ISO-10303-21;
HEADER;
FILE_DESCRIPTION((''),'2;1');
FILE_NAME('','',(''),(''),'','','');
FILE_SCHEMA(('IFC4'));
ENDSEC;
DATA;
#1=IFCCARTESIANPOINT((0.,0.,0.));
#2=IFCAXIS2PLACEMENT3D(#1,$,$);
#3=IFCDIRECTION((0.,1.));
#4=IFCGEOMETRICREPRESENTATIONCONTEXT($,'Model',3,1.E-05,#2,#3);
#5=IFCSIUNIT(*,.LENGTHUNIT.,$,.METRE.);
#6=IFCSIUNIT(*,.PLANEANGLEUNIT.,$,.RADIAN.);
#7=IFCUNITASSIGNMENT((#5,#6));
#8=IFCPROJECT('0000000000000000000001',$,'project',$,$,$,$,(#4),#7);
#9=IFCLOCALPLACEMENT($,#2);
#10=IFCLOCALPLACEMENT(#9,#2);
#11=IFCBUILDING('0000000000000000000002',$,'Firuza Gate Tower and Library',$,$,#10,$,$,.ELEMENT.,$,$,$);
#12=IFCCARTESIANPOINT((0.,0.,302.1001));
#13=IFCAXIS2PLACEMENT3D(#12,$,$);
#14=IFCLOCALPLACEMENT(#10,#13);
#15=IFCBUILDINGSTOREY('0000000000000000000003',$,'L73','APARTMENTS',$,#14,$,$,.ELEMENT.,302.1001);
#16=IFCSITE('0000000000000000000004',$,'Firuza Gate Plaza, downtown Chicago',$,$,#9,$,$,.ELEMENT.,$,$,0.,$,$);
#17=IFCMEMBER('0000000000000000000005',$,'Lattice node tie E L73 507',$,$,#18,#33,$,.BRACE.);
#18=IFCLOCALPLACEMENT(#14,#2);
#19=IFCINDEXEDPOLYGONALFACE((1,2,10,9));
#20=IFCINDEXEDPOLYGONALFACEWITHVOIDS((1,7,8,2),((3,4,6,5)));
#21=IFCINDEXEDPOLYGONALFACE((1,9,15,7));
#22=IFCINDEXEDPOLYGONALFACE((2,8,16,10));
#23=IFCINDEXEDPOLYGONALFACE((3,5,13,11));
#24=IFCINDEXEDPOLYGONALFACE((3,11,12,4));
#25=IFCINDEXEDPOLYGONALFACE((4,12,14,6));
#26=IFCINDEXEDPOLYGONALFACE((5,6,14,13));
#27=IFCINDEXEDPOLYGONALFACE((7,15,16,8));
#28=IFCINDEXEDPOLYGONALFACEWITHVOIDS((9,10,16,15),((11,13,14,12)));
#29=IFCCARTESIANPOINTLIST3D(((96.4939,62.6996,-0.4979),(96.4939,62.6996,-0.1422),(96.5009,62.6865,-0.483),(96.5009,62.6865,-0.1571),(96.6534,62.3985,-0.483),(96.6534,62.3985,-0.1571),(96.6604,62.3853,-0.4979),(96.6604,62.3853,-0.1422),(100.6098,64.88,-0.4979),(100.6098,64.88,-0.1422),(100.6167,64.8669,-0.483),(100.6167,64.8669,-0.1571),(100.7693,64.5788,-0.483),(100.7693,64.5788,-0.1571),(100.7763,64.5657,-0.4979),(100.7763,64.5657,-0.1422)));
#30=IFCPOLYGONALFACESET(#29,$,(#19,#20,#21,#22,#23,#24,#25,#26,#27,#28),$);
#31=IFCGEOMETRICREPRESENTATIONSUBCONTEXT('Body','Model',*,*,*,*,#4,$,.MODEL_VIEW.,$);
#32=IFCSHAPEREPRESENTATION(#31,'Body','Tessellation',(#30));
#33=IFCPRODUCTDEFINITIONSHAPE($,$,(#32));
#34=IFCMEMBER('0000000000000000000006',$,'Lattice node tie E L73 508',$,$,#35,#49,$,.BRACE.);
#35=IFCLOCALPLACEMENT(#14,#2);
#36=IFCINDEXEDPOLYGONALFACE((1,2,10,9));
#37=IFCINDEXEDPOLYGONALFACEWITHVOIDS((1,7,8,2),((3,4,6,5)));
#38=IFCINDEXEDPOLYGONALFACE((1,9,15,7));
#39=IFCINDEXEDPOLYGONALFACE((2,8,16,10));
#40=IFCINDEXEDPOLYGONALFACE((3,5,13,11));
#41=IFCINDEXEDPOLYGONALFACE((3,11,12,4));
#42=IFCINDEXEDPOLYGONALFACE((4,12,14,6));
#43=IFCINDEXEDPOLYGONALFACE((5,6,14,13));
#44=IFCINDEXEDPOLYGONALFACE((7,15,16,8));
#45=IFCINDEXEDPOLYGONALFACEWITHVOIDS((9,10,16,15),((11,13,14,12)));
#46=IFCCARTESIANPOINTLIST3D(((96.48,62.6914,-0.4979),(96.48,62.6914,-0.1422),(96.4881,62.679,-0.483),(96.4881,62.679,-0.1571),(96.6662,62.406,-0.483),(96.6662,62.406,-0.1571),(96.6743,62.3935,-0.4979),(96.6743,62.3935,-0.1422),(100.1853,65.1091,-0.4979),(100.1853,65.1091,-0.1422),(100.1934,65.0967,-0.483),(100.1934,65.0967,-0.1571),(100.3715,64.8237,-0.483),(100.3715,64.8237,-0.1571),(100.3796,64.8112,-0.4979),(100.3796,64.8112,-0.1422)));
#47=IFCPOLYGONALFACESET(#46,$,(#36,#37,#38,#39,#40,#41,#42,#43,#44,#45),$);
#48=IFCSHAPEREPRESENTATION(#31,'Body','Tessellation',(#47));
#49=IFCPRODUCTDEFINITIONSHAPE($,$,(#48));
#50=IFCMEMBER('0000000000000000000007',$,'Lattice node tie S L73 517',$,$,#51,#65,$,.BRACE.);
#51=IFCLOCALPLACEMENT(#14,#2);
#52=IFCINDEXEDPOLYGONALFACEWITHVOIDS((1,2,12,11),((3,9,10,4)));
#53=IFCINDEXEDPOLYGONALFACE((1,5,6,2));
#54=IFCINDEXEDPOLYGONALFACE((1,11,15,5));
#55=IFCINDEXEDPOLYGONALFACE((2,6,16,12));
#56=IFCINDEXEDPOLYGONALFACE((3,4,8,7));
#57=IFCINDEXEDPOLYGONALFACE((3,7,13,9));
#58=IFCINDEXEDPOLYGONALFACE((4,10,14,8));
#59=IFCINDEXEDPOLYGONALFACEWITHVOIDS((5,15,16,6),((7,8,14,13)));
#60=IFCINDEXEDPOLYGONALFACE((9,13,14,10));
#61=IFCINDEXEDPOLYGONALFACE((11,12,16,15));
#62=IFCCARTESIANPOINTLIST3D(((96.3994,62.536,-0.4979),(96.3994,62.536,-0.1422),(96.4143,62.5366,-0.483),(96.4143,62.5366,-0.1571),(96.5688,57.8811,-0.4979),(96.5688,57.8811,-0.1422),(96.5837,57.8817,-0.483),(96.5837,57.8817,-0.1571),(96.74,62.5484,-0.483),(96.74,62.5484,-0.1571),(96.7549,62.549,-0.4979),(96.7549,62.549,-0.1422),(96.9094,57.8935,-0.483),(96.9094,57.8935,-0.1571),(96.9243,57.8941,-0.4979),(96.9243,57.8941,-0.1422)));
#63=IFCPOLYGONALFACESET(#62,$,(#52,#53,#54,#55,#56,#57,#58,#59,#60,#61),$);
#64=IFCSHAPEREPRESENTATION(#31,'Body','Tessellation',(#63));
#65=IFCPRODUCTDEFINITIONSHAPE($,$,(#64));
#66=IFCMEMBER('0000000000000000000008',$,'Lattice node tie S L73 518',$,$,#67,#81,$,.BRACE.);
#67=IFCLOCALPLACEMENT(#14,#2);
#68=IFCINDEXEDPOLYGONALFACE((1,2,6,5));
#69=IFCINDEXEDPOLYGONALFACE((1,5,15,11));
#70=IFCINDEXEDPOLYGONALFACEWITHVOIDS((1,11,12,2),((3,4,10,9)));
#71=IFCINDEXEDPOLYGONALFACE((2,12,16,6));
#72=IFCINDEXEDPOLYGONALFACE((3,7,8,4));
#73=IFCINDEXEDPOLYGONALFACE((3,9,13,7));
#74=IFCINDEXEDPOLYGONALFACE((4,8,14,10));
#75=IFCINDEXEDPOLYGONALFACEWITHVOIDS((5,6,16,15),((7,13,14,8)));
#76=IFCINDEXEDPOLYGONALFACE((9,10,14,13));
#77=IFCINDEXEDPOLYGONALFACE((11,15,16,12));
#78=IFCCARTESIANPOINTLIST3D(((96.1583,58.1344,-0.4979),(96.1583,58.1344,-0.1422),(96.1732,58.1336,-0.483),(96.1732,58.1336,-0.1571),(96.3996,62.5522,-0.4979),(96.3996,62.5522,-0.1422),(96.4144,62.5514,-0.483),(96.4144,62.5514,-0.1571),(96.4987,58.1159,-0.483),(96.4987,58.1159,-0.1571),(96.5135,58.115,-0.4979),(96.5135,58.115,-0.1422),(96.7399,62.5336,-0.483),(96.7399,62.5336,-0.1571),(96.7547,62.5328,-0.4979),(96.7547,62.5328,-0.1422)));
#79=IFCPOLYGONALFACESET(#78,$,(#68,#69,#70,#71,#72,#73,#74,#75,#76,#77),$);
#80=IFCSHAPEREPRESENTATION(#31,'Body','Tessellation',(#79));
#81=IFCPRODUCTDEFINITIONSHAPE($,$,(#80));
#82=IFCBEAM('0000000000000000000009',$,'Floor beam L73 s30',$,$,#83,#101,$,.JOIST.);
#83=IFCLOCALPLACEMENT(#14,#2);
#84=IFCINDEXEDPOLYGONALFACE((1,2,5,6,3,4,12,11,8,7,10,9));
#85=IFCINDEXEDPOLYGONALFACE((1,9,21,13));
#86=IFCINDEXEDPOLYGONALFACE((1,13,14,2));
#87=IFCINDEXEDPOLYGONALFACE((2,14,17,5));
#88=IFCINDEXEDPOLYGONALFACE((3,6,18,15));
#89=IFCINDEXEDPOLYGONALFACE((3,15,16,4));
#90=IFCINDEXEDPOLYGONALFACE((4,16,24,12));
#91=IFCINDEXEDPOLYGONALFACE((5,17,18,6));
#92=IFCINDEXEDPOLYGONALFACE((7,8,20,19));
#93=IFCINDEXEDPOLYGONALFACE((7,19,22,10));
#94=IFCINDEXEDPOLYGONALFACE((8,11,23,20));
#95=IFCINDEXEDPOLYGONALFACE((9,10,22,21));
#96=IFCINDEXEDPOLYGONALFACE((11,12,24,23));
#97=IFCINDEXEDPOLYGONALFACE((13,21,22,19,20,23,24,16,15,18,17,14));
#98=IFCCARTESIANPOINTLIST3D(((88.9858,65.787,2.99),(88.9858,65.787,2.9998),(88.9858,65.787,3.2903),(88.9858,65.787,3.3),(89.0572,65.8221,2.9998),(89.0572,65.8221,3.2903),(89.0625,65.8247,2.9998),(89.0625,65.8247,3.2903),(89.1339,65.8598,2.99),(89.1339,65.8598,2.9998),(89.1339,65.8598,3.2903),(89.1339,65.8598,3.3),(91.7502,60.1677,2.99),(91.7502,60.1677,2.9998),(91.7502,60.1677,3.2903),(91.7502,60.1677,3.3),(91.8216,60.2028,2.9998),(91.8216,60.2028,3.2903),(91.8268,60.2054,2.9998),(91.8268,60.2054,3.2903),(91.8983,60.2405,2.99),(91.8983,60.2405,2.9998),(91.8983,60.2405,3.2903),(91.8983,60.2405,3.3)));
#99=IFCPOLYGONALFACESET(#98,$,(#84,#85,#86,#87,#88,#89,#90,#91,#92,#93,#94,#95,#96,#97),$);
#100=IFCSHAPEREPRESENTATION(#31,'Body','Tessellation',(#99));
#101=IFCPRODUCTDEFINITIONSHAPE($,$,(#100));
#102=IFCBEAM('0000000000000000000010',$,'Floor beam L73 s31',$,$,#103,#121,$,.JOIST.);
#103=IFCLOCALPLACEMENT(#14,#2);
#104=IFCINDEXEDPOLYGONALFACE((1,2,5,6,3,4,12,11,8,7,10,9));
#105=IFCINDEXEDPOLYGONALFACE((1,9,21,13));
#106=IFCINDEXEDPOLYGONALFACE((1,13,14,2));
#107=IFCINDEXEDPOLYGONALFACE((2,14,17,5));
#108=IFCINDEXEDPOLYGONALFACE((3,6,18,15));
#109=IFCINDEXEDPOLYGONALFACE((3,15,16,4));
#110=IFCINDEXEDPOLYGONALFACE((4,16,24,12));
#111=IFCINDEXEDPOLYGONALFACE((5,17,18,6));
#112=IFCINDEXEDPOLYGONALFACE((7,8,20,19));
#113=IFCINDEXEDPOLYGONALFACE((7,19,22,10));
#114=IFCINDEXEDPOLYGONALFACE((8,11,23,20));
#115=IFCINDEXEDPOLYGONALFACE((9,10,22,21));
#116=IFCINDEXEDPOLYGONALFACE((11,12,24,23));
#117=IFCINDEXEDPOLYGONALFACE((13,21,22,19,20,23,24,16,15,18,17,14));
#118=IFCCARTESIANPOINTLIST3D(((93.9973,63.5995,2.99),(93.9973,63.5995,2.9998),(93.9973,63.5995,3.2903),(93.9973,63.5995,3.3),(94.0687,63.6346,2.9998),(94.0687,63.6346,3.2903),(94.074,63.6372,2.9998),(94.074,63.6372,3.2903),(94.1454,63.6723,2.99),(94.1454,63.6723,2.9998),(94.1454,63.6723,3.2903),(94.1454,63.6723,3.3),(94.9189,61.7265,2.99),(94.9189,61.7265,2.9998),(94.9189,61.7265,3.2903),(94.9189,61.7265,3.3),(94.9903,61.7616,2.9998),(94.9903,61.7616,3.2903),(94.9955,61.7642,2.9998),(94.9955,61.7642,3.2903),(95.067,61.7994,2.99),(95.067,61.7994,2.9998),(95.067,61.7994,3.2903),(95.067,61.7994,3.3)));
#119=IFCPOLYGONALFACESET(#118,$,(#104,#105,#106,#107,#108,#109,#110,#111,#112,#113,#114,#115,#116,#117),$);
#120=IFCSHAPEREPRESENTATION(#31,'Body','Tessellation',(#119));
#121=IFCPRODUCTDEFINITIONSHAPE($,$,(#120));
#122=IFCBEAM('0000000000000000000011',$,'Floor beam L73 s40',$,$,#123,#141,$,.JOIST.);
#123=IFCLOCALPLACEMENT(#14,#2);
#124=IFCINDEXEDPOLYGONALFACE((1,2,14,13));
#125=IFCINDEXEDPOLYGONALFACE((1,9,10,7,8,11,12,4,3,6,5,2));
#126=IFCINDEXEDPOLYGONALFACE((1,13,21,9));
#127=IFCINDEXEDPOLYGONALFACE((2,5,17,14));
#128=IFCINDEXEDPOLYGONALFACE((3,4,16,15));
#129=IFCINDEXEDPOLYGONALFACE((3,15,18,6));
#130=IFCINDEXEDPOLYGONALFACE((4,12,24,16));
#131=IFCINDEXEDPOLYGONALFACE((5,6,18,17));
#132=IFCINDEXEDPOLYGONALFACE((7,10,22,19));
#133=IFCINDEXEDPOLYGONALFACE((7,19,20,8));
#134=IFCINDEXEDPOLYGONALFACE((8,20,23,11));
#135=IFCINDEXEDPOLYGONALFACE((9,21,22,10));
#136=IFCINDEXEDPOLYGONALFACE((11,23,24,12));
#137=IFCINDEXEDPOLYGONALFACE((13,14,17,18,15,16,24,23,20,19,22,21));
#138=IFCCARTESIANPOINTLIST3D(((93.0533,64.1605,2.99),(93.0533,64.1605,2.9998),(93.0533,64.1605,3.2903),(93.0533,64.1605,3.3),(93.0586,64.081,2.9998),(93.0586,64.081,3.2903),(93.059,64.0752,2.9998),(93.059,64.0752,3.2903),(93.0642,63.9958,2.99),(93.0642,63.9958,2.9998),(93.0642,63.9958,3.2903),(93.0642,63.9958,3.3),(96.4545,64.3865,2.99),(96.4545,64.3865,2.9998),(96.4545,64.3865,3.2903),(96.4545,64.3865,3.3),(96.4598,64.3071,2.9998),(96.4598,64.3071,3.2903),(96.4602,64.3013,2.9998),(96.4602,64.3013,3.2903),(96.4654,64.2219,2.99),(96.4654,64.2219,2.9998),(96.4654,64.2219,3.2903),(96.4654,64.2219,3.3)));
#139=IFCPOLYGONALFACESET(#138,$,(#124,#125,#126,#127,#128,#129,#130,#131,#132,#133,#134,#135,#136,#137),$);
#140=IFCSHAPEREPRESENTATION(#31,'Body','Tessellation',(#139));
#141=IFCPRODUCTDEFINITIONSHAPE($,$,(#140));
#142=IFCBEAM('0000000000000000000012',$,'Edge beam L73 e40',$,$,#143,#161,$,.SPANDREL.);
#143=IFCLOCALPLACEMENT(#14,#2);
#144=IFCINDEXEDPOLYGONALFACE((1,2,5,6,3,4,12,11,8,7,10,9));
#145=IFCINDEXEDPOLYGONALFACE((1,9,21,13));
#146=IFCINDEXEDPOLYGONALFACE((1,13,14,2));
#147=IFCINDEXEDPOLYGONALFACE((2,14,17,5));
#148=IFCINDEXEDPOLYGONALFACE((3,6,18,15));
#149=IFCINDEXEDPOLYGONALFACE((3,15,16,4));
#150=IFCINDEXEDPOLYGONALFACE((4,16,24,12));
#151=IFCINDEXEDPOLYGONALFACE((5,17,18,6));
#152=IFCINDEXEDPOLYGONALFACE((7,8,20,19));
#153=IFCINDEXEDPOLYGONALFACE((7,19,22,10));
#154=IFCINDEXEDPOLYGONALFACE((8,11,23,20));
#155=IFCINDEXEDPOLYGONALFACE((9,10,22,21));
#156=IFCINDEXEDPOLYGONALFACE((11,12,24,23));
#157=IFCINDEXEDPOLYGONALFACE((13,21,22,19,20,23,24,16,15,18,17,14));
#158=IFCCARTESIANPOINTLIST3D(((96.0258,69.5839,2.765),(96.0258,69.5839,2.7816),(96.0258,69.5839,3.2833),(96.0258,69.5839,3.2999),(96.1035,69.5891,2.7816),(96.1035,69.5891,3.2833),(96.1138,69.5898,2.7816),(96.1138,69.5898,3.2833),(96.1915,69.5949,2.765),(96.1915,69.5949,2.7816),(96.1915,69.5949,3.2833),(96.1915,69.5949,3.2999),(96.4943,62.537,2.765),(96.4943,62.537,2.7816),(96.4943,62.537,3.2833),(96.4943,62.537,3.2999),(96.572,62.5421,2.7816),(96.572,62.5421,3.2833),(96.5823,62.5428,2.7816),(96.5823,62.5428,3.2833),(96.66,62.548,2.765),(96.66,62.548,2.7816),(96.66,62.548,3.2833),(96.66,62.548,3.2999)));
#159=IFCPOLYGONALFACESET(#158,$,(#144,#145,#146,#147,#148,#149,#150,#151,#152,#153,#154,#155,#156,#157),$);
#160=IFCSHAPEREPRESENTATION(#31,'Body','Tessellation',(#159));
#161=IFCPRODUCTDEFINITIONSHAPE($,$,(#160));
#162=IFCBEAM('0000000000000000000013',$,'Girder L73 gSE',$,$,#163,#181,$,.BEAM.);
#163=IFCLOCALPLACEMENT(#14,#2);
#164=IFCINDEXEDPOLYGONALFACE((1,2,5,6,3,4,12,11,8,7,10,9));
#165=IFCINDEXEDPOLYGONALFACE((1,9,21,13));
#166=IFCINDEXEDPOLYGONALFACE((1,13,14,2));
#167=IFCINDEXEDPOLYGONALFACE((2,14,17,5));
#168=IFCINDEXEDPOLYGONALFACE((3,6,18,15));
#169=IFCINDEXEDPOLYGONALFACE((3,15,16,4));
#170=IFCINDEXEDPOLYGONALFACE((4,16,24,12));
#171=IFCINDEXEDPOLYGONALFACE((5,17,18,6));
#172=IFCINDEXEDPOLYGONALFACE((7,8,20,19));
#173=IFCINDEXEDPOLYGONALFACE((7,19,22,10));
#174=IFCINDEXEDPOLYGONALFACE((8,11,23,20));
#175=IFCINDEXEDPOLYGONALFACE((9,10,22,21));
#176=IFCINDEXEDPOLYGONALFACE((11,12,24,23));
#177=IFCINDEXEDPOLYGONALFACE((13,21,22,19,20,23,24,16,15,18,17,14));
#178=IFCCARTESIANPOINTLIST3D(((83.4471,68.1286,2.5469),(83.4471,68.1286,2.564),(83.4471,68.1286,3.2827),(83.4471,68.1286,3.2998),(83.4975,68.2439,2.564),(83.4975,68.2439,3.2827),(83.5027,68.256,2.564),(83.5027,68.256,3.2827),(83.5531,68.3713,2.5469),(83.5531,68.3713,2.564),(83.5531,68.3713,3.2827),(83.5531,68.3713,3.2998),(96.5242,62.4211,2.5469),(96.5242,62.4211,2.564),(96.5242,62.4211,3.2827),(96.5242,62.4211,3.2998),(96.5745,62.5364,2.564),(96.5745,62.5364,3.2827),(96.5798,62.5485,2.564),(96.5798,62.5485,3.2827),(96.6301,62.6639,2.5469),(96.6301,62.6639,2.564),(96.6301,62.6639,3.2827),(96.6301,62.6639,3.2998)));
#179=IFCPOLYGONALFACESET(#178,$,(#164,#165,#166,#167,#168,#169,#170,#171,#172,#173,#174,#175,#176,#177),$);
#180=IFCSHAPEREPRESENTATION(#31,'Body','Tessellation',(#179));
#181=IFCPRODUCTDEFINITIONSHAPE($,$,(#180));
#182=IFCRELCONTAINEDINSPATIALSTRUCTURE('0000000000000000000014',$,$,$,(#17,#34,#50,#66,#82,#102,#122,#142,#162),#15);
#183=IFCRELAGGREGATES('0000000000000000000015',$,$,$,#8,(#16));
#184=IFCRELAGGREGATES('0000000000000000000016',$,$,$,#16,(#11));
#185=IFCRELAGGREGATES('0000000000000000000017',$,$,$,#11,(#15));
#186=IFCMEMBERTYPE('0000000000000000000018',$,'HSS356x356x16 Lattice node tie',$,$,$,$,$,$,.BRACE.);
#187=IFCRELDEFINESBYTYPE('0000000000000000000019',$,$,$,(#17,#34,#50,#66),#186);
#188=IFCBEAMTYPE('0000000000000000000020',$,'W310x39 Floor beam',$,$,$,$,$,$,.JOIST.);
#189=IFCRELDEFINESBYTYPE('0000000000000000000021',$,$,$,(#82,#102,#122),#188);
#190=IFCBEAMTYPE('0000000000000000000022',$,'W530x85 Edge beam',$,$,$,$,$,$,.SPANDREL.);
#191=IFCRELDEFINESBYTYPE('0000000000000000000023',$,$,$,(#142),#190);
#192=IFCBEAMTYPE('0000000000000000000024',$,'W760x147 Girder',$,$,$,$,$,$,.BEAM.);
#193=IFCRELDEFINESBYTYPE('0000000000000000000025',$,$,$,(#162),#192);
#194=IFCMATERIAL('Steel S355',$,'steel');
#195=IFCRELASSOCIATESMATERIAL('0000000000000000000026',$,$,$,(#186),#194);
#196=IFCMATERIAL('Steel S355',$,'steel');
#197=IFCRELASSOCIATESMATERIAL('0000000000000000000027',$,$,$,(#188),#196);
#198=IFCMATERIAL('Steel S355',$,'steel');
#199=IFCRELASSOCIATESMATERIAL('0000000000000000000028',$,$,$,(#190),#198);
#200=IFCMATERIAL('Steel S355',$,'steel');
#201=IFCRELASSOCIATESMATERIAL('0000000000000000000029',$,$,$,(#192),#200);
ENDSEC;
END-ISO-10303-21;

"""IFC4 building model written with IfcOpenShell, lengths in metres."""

from ifc_helpers import new_model, si_unit, direction, frame, origin, origin_2d, place, context, subcontext, project, spatial, hollow_rectangle, i_section, extrude, material, material_profile, profile_set, type_object, element, save


model = new_model("IFC4")

# Units and contexts
model_context = context("Model", 3, precision=1e-05, world=origin(), true_north=direction((0.0, 1.0)))
body_context = subcontext(model_context, "Body", "Model", "MODEL_VIEW")
ifc_project = project(units=[si_unit("LENGTHUNIT", "METRE"), si_unit("PLANEANGLEUNIT", "RADIAN")], contexts=[model_context])

# Site, building, storey
site_placement = place(None, origin())
site = spatial("IfcSite", under=ifc_project, at=site_placement, Name="Firuza Gate Plaza, downtown Chicago", CompositionType="ELEMENT", RefElevation=0.0)
building_placement = place(site_placement, origin())
building = spatial("IfcBuilding", under=site, at=building_placement, Name="Firuza Gate Tower and Library", CompositionType="ELEMENT")
storey_placement = place(building_placement, frame((0.0, 0.0, 302.1001)))
storey = spatial("IfcBuildingStorey", under=building, at=storey_placement, Name="L73", Description="APARTMENTS", CompositionType="ELEMENT", Elevation=302.1001)

# Members
ifc_material_1 = material(Name="Steel S355", Category="steel")
ifc_material_profile_1 = material_profile(ifc_material_1, hollow_rectangle(XDim=0.3557, YDim=0.3557, WallThickness=0.0149, at=origin_2d()))
ifc_profile_set_1 = profile_set([ifc_material_profile_1], Name="Steel S355")
member_type_1 = type_object("IfcMemberType", Name="HSS356x356x16 Lattice node tie", PredefinedType="BRACE", material=ifc_profile_set_1)
member_1_placement = place(storey_placement, frame((96.5771, 62.5425, -0.3201), z_axis=(0.883665, 0.468119, 0.0), x_axis=(-0.468119, 0.883665, 0.0)))
element("IfcMember", 1, at=member_1_placement, inside=storey, type_object=member_type_1, Name="Lattice node tie E L73 507", PredefinedType="BRACE", context=body_context, shape_type="SweptSolid", body=[
    extrude(hollow_rectangle(XDim=0.3557, YDim=0.3557, WallThickness=0.0149, at=origin_2d()), origin(), (0.0, 0.0, 1.0), 4.6577),
])
member_2_placement = place(storey_placement, frame((96.5771, 62.5425, -0.3201), z_axis=(0.837485, 0.54646, 0.0), x_axis=(-0.54646, 0.837485, 0.0)))
element("IfcMember", 2, at=member_2_placement, inside=storey, type_object=member_type_1, Name="Lattice node tie E L73 508", PredefinedType="BRACE", context=body_context, shape_type="SweptSolid", body=[
    extrude(hollow_rectangle(XDim=0.3557, YDim=0.3557, WallThickness=0.0149, at=origin_2d()), origin(), (0.0, 0.0, 1.0), 4.4243),
])
member_3_placement = place(storey_placement, frame((96.5771, 62.5425, -0.3201), z_axis=(0.036376, -0.999338, 0.0), x_axis=(0.999338, 0.036376, 0.0)))
element("IfcMember", 3, at=member_3_placement, inside=storey, type_object=member_type_1, Name="Lattice node tie S L73 517", PredefinedType="BRACE", context=body_context, shape_type="SweptSolid", body=[
    extrude(hollow_rectangle(XDim=0.3557, YDim=0.3557, WallThickness=0.0149, at=origin_2d()), origin(), (0.0, 0.0, 1.0), 4.658),
])
member_4_placement = place(storey_placement, frame((96.5771, 62.5425, -0.3201), z_axis=(-0.05452, -0.998513, 0.0), x_axis=(0.998513, -0.05452, 0.0)))
element("IfcMember", 4, at=member_4_placement, inside=storey, type_object=member_type_1, Name="Lattice node tie S L73 518", PredefinedType="BRACE", context=body_context, shape_type="SweptSolid", body=[
    extrude(hollow_rectangle(XDim=0.3557, YDim=0.3557, WallThickness=0.0149, at=origin_2d()), origin(), (0.0, 0.0, 1.0), 4.4243),
])

# Beams
ifc_material_2 = material(Name="Steel S355", Category="steel")
ifc_material_profile_2 = material_profile(ifc_material_2, i_section(OverallWidth=0.165, OverallDepth=0.3101, WebThickness=0.0059, FlangeThickness=0.0098, at=origin_2d()))
ifc_profile_set_2 = profile_set([ifc_material_profile_2], Name="Steel S355")
beam_type_1 = type_object("IfcBeamType", Name="W310x39 Floor beam", PredefinedType="JOIST", material=ifc_profile_set_2)
beam_1_placement = place(storey_placement, frame((91.8242, 60.2041, 3.145), z_axis=(-0.441419, 0.897301, 0.0), x_axis=(-0.897301, -0.441419, 0.0)))
element("IfcBeam", 5, at=beam_1_placement, inside=storey, type_object=beam_type_1, Name="Floor beam L73 s30", PredefinedType="JOIST", context=body_context, shape_type="SweptSolid", body=[
    extrude(i_section(OverallWidth=0.165, OverallDepth=0.3101, WebThickness=0.0059, FlangeThickness=0.0098, at=origin_2d()), origin(), (0.0, 0.0, 1.0), 6.2625),
])
beam_2_placement = place(storey_placement, frame((94.9929, 61.7629, 3.145), z_axis=(-0.441497, 0.897263, 0.0), x_axis=(-0.897263, -0.441497, 0.0)))
element("IfcBeam", 6, at=beam_2_placement, inside=storey, type_object=beam_type_1, Name="Floor beam L73 s31", PredefinedType="JOIST", context=body_context, shape_type="SweptSolid", body=[
    extrude(i_section(OverallWidth=0.165, OverallDepth=0.3101, WebThickness=0.0059, FlangeThickness=0.0098, at=origin_2d()), origin(), (0.0, 0.0, 1.0), 2.0874),
])
beam_3_placement = place(storey_placement, frame((96.46, 64.3042, 3.145), z_axis=(-0.997798, -0.066324, 0.0), x_axis=(0.066324, -0.997798, 0.0)))
element("IfcBeam", 7, at=beam_3_placement, inside=storey, type_object=beam_type_1, Name="Floor beam L73 s40", PredefinedType="JOIST", context=body_context, shape_type="SweptSolid", body=[
    extrude(i_section(OverallWidth=0.165, OverallDepth=0.3101, WebThickness=0.0059, FlangeThickness=0.0098, at=origin_2d()), origin(), (0.0, 0.0, 1.0), 3.4087),
])
ifc_material_3 = material(Name="Steel S355", Category="steel")
ifc_material_profile_3 = material_profile(ifc_material_3, i_section(OverallWidth=0.166, OverallDepth=0.5349, WebThickness=0.0103, FlangeThickness=0.0166, at=origin_2d()))
ifc_profile_set_3 = profile_set([ifc_material_profile_3], Name="Steel S355")
beam_type_2 = type_object("IfcBeamType", Name="W530x85 Edge beam", PredefinedType="SPANDREL", material=ifc_profile_set_3)
beam_4_placement = place(storey_placement, frame((96.5771, 62.5425, 3.0325), z_axis=(-0.066338, 0.997797, 0.0), x_axis=(-0.997797, -0.066338, 0.0)))
element("IfcBeam", 8, at=beam_4_placement, inside=storey, type_object=beam_type_2, Name="Edge beam L73 e40", PredefinedType="SPANDREL", context=body_context, shape_type="SweptSolid", body=[
    extrude(i_section(OverallWidth=0.166, OverallDepth=0.5349, WebThickness=0.0103, FlangeThickness=0.0166, at=origin_2d()), origin(), (0.0, 0.0, 1.0), 7.0625),
])
ifc_material_4 = material(Name="Steel S355", Category="steel")
ifc_material_profile_4 = material_profile(ifc_material_4, i_section(OverallWidth=0.2649, OverallDepth=0.7529, WebThickness=0.0132, FlangeThickness=0.0171, at=origin_2d()))
ifc_profile_set_4 = profile_set([ifc_material_profile_4], Name="Steel S355")
beam_type_3 = type_object("IfcBeamType", Name="W760x147 Girder", PredefinedType="BEAM", material=ifc_profile_set_4)
beam_5_placement = place(storey_placement, frame((96.5771, 62.5425, 2.9233), z_axis=(-0.91651, 0.400011, 0.0), x_axis=(-0.400011, -0.91651, 0.0)))
element("IfcBeam", 9, at=beam_5_placement, inside=storey, type_object=beam_type_3, Name="Girder L73 gSE", PredefinedType="BEAM", context=body_context, shape_type="SweptSolid", body=[
    extrude(i_section(OverallWidth=0.2649, OverallDepth=0.7529, WebThickness=0.0132, FlangeThickness=0.0171, at=origin_2d()), origin(), (0.0, 0.0, 1.0), 14.2683),
])

save(model, "model.ifc")
